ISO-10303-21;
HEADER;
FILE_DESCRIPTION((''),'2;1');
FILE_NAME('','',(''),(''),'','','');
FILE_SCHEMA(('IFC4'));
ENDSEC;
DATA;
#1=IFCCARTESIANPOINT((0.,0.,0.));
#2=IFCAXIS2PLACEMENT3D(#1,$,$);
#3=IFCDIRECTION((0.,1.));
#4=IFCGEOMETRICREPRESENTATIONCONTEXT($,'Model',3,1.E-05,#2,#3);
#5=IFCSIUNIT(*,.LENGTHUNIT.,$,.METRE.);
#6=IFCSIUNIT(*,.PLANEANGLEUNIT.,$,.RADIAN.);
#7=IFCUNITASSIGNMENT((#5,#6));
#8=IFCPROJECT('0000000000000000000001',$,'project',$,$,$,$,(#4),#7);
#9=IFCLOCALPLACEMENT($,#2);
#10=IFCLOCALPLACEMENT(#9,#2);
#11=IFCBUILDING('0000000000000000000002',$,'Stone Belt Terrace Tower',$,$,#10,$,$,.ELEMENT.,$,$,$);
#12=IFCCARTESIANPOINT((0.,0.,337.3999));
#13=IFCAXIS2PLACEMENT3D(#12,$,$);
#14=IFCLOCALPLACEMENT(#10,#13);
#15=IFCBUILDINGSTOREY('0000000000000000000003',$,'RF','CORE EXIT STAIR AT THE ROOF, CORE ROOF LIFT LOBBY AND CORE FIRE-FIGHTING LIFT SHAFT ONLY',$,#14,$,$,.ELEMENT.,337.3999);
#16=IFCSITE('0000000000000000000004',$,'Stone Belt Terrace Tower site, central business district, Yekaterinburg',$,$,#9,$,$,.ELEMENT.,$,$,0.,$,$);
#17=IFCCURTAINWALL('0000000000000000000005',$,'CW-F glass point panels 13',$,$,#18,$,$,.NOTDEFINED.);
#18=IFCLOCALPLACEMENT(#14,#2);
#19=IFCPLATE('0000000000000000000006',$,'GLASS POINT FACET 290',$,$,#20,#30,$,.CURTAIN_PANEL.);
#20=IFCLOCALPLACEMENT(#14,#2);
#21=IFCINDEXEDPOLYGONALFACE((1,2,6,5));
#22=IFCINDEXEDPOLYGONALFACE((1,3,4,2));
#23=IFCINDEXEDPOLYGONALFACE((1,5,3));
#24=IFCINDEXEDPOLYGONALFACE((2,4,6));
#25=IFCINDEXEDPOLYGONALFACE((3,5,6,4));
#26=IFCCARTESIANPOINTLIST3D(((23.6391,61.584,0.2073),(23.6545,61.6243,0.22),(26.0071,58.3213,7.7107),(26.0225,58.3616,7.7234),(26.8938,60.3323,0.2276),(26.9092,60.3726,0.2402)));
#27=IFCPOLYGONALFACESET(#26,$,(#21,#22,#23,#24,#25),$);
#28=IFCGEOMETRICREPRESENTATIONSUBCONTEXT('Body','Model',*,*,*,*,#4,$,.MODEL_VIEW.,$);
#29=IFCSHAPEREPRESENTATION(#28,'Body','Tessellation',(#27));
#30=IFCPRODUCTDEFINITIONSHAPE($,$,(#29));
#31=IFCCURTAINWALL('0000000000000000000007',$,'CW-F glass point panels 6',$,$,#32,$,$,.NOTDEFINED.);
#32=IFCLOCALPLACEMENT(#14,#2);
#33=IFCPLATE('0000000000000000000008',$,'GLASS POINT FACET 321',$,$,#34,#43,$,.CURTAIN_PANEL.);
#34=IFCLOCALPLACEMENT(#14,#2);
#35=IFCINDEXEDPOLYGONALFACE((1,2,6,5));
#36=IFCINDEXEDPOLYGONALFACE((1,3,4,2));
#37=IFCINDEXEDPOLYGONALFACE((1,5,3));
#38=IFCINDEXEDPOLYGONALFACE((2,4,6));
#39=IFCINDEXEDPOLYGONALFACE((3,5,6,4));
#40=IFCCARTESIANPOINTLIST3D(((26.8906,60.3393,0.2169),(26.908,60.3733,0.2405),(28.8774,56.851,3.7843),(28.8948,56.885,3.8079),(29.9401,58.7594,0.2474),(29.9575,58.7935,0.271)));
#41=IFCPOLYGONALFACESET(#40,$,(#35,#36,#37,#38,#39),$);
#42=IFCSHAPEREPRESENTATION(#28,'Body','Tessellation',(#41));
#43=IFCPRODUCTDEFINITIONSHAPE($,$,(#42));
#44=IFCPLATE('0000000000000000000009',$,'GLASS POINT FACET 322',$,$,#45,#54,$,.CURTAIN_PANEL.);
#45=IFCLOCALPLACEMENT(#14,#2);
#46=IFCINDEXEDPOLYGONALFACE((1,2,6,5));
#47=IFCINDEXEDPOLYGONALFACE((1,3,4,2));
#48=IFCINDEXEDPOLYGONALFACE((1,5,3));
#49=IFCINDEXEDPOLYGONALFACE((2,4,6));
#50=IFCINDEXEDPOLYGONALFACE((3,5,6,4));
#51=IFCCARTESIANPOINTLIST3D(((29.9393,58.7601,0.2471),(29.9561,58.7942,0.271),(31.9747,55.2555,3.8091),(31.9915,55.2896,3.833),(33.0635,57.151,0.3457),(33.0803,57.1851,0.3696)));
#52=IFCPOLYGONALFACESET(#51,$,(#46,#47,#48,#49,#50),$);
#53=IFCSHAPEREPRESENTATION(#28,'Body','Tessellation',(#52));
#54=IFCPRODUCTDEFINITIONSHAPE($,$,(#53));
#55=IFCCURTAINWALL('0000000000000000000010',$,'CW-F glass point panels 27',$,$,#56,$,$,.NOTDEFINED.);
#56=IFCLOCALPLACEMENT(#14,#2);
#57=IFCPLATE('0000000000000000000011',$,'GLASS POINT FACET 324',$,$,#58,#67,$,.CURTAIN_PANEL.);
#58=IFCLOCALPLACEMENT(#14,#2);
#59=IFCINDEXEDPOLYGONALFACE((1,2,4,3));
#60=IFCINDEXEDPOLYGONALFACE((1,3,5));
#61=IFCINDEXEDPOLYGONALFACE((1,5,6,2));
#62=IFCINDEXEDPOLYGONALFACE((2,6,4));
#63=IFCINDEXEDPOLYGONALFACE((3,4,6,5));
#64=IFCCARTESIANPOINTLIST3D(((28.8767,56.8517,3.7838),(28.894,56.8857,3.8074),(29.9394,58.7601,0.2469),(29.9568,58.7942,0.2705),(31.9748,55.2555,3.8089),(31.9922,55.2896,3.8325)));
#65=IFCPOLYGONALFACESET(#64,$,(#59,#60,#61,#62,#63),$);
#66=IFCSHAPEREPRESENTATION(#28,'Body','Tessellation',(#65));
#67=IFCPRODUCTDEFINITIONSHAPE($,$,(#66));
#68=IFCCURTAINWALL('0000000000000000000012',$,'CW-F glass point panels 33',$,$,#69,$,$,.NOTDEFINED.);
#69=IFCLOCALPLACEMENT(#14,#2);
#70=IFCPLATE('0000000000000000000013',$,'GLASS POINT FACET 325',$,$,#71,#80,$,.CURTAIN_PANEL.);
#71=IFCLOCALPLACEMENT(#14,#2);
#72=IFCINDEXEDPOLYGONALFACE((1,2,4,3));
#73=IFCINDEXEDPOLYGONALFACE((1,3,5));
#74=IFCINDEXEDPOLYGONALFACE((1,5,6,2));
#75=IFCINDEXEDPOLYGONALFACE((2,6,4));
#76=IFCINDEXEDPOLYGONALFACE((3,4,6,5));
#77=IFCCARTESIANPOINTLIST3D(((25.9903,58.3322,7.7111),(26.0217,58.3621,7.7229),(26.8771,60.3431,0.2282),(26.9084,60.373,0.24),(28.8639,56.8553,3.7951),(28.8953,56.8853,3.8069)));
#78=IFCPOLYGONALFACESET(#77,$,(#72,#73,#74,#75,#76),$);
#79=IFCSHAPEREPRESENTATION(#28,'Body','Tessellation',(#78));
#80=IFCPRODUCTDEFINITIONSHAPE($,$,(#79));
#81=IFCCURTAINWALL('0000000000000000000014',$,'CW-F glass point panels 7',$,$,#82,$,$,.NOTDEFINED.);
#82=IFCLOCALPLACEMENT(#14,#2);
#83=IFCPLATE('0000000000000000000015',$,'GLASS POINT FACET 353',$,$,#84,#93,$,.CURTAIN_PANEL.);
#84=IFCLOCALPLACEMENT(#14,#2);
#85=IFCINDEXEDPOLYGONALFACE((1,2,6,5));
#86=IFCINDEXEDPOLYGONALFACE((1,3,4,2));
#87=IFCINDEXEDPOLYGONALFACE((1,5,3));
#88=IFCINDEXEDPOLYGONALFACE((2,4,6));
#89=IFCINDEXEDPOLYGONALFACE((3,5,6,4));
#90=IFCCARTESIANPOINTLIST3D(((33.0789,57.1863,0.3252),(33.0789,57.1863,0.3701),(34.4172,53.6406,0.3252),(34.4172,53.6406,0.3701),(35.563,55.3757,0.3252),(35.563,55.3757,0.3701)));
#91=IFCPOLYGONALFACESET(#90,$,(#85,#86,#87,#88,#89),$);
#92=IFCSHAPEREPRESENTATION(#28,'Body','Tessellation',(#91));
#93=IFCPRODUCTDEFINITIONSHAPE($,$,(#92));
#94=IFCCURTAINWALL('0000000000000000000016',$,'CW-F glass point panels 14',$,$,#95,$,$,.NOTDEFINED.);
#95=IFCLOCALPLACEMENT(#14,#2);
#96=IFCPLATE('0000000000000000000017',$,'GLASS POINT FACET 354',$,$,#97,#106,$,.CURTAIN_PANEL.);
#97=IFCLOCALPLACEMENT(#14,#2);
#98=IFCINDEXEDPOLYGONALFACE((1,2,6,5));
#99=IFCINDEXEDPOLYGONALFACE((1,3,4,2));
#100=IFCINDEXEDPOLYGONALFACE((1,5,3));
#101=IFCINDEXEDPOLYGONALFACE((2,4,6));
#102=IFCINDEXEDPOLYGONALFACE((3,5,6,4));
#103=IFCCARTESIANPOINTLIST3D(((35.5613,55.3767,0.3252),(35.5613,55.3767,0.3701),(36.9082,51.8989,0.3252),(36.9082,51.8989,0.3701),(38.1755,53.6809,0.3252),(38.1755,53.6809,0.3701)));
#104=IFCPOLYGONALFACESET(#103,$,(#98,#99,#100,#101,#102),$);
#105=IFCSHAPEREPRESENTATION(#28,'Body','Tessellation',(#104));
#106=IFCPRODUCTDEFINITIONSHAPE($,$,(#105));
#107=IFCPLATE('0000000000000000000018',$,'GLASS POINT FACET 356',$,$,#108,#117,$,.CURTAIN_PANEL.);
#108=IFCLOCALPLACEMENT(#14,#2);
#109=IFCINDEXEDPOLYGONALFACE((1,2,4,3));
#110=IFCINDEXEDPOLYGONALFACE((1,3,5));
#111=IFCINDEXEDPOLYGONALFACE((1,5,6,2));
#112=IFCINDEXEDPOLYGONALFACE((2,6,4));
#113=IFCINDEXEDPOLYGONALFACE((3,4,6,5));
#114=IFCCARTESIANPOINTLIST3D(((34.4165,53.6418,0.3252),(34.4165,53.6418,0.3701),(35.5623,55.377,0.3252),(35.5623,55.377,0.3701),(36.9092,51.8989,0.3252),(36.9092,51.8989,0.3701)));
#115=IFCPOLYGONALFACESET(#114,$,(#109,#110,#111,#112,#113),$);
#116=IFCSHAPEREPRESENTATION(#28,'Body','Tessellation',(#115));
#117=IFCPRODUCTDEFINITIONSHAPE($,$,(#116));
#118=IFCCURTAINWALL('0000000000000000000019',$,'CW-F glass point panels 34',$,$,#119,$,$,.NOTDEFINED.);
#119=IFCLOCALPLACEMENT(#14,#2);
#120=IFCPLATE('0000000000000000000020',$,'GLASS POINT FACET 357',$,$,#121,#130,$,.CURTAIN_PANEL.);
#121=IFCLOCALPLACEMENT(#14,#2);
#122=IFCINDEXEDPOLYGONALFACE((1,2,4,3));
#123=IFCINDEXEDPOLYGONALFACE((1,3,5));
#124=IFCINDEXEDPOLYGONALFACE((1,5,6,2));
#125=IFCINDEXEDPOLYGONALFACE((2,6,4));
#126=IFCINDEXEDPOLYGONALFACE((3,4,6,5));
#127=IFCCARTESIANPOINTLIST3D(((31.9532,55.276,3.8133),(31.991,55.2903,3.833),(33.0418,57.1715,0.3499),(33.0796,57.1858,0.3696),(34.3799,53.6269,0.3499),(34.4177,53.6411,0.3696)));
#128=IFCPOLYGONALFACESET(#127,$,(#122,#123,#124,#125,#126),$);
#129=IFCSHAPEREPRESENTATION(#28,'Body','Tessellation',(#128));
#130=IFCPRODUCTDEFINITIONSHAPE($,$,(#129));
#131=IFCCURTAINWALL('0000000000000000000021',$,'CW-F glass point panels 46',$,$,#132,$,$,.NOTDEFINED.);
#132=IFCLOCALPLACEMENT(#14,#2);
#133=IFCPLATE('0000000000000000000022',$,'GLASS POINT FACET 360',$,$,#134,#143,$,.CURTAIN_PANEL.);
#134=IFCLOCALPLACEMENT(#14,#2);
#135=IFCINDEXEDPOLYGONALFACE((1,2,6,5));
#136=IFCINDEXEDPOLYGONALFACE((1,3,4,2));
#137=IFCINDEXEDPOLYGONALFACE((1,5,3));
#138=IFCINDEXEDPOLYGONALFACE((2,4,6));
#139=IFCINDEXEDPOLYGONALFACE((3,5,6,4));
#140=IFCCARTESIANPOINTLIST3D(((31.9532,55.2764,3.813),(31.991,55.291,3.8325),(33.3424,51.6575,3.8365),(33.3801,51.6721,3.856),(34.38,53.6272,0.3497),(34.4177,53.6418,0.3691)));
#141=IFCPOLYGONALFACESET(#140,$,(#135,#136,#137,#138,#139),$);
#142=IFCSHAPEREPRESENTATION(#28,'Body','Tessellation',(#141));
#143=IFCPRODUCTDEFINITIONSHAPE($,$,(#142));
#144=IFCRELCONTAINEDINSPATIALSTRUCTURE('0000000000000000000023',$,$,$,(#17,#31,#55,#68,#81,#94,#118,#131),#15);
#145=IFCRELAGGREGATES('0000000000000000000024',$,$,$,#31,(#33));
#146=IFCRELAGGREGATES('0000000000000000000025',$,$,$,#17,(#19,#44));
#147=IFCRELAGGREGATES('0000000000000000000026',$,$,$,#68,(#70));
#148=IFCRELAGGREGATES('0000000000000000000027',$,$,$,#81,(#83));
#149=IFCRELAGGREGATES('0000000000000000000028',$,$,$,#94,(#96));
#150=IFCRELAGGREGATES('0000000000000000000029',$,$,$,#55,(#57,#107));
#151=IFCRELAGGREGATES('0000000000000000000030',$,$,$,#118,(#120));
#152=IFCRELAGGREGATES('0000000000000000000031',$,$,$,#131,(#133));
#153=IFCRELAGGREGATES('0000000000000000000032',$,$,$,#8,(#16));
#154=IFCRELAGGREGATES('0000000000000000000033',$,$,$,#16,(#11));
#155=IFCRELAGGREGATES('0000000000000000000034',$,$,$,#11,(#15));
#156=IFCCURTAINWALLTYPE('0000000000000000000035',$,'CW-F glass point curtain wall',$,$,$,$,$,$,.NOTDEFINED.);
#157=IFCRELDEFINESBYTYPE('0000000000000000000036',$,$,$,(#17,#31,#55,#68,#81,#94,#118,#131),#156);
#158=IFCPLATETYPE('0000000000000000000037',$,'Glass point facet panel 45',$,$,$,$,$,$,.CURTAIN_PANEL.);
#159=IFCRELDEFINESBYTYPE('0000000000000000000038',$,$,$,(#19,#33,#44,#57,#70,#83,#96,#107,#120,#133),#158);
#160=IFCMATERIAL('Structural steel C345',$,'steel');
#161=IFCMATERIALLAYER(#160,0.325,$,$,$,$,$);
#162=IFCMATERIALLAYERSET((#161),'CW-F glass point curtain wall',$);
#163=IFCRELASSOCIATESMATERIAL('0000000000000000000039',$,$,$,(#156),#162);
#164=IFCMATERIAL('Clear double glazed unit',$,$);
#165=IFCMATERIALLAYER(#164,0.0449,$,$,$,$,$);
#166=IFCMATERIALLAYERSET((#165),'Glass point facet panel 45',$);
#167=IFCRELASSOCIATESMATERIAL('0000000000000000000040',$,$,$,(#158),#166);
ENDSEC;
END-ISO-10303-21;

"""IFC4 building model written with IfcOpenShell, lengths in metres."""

from ifc_helpers import new_model, si_unit, direction, frame, origin, place, context, subcontext, project, spatial, polyline, outline, extrude, material, layer, layer_set, type_object, element, aggregate, save


model = new_model("IFC4")

# Units and contexts
model_context = context("Model", 3, precision=1e-05, world=origin(), true_north=direction((0.0, 1.0)))
body_context = subcontext(model_context, "Body", "Model", "MODEL_VIEW")
ifc_project = project(units=[si_unit("LENGTHUNIT", "METRE"), si_unit("PLANEANGLEUNIT", "RADIAN")], contexts=[model_context])

# Site, building, storey
site_placement = place(None, origin())
site = spatial("IfcSite", under=ifc_project, at=site_placement, Name="Stone Belt Terrace Tower site, central business district, Yekaterinburg", CompositionType="ELEMENT", RefElevation=0.0)
building_placement = place(site_placement, origin())
building = spatial("IfcBuilding", under=site, at=building_placement, Name="Stone Belt Terrace Tower", CompositionType="ELEMENT")
storey_placement = place(building_placement, frame((0.0, 0.0, 337.3999)))
storey = spatial("IfcBuildingStorey", under=building, at=storey_placement, Name="RF", Description="CORE EXIT STAIR AT THE ROOF, CORE ROOF LIFT LOBBY AND CORE FIRE-FIGHTING LIFT SHAFT ONLY", CompositionType="ELEMENT", Elevation=337.3999)

# Shared definitions
ifc_material_1 = material(Name="Structural steel C345", Category="steel")

# Curtain walls, plates
ifc_layer_1 = layer(ifc_material_1, 0.325)
ifc_layer_set_1 = layer_set([ifc_layer_1], Name="CW-F glass point curtain wall")
curtain_wall_type = type_object("IfcCurtainWallType", Name="CW-F glass point curtain wall", PredefinedType="NOTDEFINED", material=ifc_layer_set_1)
curtain_wall_1_placement = place(storey_placement, origin())
curtain_wall_1 = element("IfcCurtainWall", 1, at=curtain_wall_1_placement, inside=storey, type_object=curtain_wall_type, Name="CW-F glass point panels 13", PredefinedType="NOTDEFINED")
ifc_material_2 = material(Name="Clear double glazed unit")
ifc_layer_2 = layer(ifc_material_2, 0.0449)
ifc_layer_set_2 = layer_set([ifc_layer_2], Name="Glass point facet panel 45")
plate_type = type_object("IfcPlateType", Name="Glass point facet panel 45", PredefinedType="CURTAIN_PANEL", material=ifc_layer_set_2)
plate_1_placement = place(storey_placement, frame((26.9092, 60.3726, 0.2402), z_axis=(0.34292, 0.896202, 0.281475), x_axis=(-0.113693, -0.257844, 0.959474)))
plate_1 = element("IfcPlate", 2, at=plate_1_placement, type_object=plate_type, Name="GLASS POINT FACET 290", PredefinedType="CURTAIN_PANEL", context=body_context, shape_type="SweptSolid", body=[
    extrude(outline(polyline([(0.0, 0.0), (7.7992, 0.0), (0.0278, -3.487), (0.0, 0.0)])), origin(), (0.0, 0.0, -1.0), 0.0449),
])
curtain_wall_2_placement = place(storey_placement, origin())
curtain_wall_2 = element("IfcCurtainWall", 3, at=curtain_wall_2_placement, inside=storey, type_object=curtain_wall_type, Name="CW-F glass point panels 6", PredefinedType="NOTDEFINED")
plate_2_placement = place(storey_placement, frame((26.908, 60.3733, 0.2405), z_axis=(0.387285, 0.757724, 0.525228), x_axis=(0.887888, -0.459973, 0.008885)))
plate_2 = element("IfcPlate", 4, at=plate_2_placement, type_object=plate_type, Name="GLASS POINT FACET 321", PredefinedType="CURTAIN_PANEL", context=body_context, shape_type="SweptSolid", body=[
    extrude(outline(polyline([(0.0, 0.0), (3.4346, 0.0), (3.4003, -4.1569), (0.0, 0.0)])), origin(), (0.0, 0.0, -1.0), 0.0449),
])
aggregate(curtain_wall_2, [plate_2])

# Plate
plate_3_placement = place(storey_placement, frame((33.0803, 57.1851, 0.3696), z_axis=(0.374066, 0.758952, 0.532979), x_axis=(-0.265866, -0.462821, 0.845643)))
plate_3 = element("IfcPlate", 5, at=plate_3_placement, type_object=plate_type, Name="GLASS POINT FACET 322", PredefinedType="CURTAIN_PANEL", context=body_context, shape_type="SweptSolid", body=[
    extrude(outline(polyline([(0.0, 0.0), (4.0956, 0.0), (0.0025, -3.5157), (0.0, 0.0)])), origin(), (0.0, 0.0, -1.0), 0.0449),
])
aggregate(curtain_wall_1, [plate_1, plate_3])

# Curtain walls, plates
curtain_wall_3_placement = place(storey_placement, origin())
curtain_wall_3 = element("IfcCurtainWall", 6, at=curtain_wall_3_placement, inside=storey, type_object=curtain_wall_type, Name="CW-F glass point panels 27", PredefinedType="NOTDEFINED")
plate_4_placement = place(storey_placement, frame((29.9568, 58.7942, 0.2705), z_axis=(0.38637, 0.758203, 0.525211), x_axis=(0.377228, -0.649528, 0.660161)))
plate_4 = element("IfcPlate", 7, at=plate_4_placement, type_object=plate_type, Name="GLASS POINT FACET 324", PredefinedType="CURTAIN_PANEL", context=body_context, shape_type="SweptSolid", body=[
    extrude(outline(polyline([(0.0, 0.0), (5.3957, 0.0), (3.1736, -2.685), (0.0, 0.0)])), origin(), (0.0, 0.0, -1.0), 0.0449),
])
curtain_wall_4_placement = place(storey_placement, origin())
curtain_wall_4 = element("IfcCurtainWall", 8, at=curtain_wall_4_placement, inside=storey, type_object=curtain_wall_type, Name="CW-F glass point panels 33", PredefinedType="NOTDEFINED")
plate_5_placement = place(storey_placement, frame((26.9084, 60.373, 0.24), z_axis=(0.698799, 0.665721, 0.261716), x_axis=(0.369997, -0.649519, 0.664249)))
plate_5 = element("IfcPlate", 9, at=plate_5_placement, type_object=plate_type, Name="GLASS POINT FACET 325", PredefinedType="CURTAIN_PANEL", context=body_context, shape_type="SweptSolid", body=[
    extrude(outline(polyline([(0.0, 0.0), (5.3698, 0.0), (5.9486, -5.0436), (0.0, 0.0)])), origin(), (0.0, 0.0, -1.0), 0.0449),
])
aggregate(curtain_wall_4, [plate_5])
curtain_wall_5_placement = place(storey_placement, origin())
curtain_wall_5 = element("IfcCurtainWall", 10, at=curtain_wall_5_placement, inside=storey, type_object=curtain_wall_type, Name="CW-F glass point panels 7", PredefinedType="NOTDEFINED")
plate_6_placement = place(storey_placement, frame((33.0789, 57.1863, 0.3701), z_axis=(0.0, 0.0, 1.0), x_axis=(0.808131, -0.589003, 0.0)))
plate_6 = element("IfcPlate", 11, at=plate_6_placement, type_object=plate_type, Name="GLASS POINT FACET 353", PredefinedType="CURTAIN_PANEL", context=body_context, shape_type="SweptSolid", body=[
    extrude(outline(polyline([(0.0, 0.0), (3.0739, 0.0), (3.17, -2.077), (0.0, 0.0)])), origin(), (0.0, 0.0, -1.0), 0.0449),
])
aggregate(curtain_wall_5, [plate_6])
curtain_wall_6_placement = place(storey_placement, origin())
curtain_wall_6 = element("IfcCurtainWall", 12, at=curtain_wall_6_placement, inside=storey, type_object=curtain_wall_type, Name="CW-F glass point panels 14", PredefinedType="NOTDEFINED")
plate_7_placement = place(storey_placement, frame((38.1755, 53.6809, 0.3701), z_axis=(0.0, 0.0, 1.0), x_axis=(-0.579568, -0.814924, 0.0)))
plate_7 = element("IfcPlate", 13, at=plate_7_placement, type_object=plate_type, Name="GLASS POINT FACET 354", PredefinedType="CURTAIN_PANEL", context=body_context, shape_type="SweptSolid", body=[
    extrude(outline(polyline([(0.0, 0.0), (2.1867, 0.0), (0.1332, -3.1133), (0.0, 0.0)])), origin(), (0.0, 0.0, -1.0), 0.0449),
])
aggregate(curtain_wall_6, [plate_7])

# Plate
plate_8_placement = place(storey_placement, frame((35.5623, 55.377, 0.3701), z_axis=(0.0, 0.0, 1.0), x_axis=(0.361132, -0.932515, 0.0)))
plate_8 = element("IfcPlate", 14, at=plate_8_placement, type_object=plate_type, Name="GLASS POINT FACET 356", PredefinedType="CURTAIN_PANEL", context=body_context, shape_type="SweptSolid", body=[
    extrude(outline(polyline([(0.0, 0.0), (3.7297, 0.0), (1.2042, -1.695), (0.0, 0.0)])), origin(), (0.0, 0.0, -1.0), 0.0449),
])
aggregate(curtain_wall_3, [plate_4, plate_8])

# Curtain walls, plates
curtain_wall_7_placement = place(storey_placement, origin())
curtain_wall_7 = element("IfcCurtainWall", 15, at=curtain_wall_7_placement, inside=storey, type_object=curtain_wall_type, Name="CW-F glass point panels 34", PredefinedType="NOTDEFINED")
plate_9_placement = place(storey_placement, frame((33.0796, 57.1858, 0.3696), z_axis=(0.840995, 0.31748, 0.438102), x_axis=(0.353178, -0.935556, 0.0)))
plate_9 = element("IfcPlate", 16, at=plate_9_placement, type_object=plate_type, Name="GLASS POINT FACET 357", PredefinedType="CURTAIN_PANEL", context=body_context, shape_type="SweptSolid", body=[
    extrude(outline(polyline([(0.0, 0.0), (3.7888, 0.0), (1.3889, -3.8528), (0.0, 0.0)])), origin(), (0.0, 0.0, -1.0), 0.0449),
])
aggregate(curtain_wall_7, [plate_9])
curtain_wall_8_placement = place(storey_placement, origin())
curtain_wall_8 = element("IfcCurtainWall", 17, at=curtain_wall_8_placement, inside=storey, type_object=curtain_wall_type, Name="CW-F glass point panels 46", PredefinedType="NOTDEFINED")
plate_10_placement = place(storey_placement, frame((34.4177, 53.6418, 0.3691), z_axis=(0.840215, 0.325337, 0.433814), x_axis=(-0.250812, -0.476131, 0.842848)))
plate_10 = element("IfcPlate", 18, at=plate_10_placement, type_object=plate_type, Name="GLASS POINT FACET 360", PredefinedType="CURTAIN_PANEL", context=body_context, shape_type="SweptSolid", body=[
    extrude(outline(polyline([(0.0, 0.0), (4.1369, 0.0), (2.7425, -3.617), (0.0, 0.0)])), origin(), (0.0, 0.0, -1.0), 0.0449),
])
aggregate(curtain_wall_8, [plate_10])

save(model, "model.ifc")
